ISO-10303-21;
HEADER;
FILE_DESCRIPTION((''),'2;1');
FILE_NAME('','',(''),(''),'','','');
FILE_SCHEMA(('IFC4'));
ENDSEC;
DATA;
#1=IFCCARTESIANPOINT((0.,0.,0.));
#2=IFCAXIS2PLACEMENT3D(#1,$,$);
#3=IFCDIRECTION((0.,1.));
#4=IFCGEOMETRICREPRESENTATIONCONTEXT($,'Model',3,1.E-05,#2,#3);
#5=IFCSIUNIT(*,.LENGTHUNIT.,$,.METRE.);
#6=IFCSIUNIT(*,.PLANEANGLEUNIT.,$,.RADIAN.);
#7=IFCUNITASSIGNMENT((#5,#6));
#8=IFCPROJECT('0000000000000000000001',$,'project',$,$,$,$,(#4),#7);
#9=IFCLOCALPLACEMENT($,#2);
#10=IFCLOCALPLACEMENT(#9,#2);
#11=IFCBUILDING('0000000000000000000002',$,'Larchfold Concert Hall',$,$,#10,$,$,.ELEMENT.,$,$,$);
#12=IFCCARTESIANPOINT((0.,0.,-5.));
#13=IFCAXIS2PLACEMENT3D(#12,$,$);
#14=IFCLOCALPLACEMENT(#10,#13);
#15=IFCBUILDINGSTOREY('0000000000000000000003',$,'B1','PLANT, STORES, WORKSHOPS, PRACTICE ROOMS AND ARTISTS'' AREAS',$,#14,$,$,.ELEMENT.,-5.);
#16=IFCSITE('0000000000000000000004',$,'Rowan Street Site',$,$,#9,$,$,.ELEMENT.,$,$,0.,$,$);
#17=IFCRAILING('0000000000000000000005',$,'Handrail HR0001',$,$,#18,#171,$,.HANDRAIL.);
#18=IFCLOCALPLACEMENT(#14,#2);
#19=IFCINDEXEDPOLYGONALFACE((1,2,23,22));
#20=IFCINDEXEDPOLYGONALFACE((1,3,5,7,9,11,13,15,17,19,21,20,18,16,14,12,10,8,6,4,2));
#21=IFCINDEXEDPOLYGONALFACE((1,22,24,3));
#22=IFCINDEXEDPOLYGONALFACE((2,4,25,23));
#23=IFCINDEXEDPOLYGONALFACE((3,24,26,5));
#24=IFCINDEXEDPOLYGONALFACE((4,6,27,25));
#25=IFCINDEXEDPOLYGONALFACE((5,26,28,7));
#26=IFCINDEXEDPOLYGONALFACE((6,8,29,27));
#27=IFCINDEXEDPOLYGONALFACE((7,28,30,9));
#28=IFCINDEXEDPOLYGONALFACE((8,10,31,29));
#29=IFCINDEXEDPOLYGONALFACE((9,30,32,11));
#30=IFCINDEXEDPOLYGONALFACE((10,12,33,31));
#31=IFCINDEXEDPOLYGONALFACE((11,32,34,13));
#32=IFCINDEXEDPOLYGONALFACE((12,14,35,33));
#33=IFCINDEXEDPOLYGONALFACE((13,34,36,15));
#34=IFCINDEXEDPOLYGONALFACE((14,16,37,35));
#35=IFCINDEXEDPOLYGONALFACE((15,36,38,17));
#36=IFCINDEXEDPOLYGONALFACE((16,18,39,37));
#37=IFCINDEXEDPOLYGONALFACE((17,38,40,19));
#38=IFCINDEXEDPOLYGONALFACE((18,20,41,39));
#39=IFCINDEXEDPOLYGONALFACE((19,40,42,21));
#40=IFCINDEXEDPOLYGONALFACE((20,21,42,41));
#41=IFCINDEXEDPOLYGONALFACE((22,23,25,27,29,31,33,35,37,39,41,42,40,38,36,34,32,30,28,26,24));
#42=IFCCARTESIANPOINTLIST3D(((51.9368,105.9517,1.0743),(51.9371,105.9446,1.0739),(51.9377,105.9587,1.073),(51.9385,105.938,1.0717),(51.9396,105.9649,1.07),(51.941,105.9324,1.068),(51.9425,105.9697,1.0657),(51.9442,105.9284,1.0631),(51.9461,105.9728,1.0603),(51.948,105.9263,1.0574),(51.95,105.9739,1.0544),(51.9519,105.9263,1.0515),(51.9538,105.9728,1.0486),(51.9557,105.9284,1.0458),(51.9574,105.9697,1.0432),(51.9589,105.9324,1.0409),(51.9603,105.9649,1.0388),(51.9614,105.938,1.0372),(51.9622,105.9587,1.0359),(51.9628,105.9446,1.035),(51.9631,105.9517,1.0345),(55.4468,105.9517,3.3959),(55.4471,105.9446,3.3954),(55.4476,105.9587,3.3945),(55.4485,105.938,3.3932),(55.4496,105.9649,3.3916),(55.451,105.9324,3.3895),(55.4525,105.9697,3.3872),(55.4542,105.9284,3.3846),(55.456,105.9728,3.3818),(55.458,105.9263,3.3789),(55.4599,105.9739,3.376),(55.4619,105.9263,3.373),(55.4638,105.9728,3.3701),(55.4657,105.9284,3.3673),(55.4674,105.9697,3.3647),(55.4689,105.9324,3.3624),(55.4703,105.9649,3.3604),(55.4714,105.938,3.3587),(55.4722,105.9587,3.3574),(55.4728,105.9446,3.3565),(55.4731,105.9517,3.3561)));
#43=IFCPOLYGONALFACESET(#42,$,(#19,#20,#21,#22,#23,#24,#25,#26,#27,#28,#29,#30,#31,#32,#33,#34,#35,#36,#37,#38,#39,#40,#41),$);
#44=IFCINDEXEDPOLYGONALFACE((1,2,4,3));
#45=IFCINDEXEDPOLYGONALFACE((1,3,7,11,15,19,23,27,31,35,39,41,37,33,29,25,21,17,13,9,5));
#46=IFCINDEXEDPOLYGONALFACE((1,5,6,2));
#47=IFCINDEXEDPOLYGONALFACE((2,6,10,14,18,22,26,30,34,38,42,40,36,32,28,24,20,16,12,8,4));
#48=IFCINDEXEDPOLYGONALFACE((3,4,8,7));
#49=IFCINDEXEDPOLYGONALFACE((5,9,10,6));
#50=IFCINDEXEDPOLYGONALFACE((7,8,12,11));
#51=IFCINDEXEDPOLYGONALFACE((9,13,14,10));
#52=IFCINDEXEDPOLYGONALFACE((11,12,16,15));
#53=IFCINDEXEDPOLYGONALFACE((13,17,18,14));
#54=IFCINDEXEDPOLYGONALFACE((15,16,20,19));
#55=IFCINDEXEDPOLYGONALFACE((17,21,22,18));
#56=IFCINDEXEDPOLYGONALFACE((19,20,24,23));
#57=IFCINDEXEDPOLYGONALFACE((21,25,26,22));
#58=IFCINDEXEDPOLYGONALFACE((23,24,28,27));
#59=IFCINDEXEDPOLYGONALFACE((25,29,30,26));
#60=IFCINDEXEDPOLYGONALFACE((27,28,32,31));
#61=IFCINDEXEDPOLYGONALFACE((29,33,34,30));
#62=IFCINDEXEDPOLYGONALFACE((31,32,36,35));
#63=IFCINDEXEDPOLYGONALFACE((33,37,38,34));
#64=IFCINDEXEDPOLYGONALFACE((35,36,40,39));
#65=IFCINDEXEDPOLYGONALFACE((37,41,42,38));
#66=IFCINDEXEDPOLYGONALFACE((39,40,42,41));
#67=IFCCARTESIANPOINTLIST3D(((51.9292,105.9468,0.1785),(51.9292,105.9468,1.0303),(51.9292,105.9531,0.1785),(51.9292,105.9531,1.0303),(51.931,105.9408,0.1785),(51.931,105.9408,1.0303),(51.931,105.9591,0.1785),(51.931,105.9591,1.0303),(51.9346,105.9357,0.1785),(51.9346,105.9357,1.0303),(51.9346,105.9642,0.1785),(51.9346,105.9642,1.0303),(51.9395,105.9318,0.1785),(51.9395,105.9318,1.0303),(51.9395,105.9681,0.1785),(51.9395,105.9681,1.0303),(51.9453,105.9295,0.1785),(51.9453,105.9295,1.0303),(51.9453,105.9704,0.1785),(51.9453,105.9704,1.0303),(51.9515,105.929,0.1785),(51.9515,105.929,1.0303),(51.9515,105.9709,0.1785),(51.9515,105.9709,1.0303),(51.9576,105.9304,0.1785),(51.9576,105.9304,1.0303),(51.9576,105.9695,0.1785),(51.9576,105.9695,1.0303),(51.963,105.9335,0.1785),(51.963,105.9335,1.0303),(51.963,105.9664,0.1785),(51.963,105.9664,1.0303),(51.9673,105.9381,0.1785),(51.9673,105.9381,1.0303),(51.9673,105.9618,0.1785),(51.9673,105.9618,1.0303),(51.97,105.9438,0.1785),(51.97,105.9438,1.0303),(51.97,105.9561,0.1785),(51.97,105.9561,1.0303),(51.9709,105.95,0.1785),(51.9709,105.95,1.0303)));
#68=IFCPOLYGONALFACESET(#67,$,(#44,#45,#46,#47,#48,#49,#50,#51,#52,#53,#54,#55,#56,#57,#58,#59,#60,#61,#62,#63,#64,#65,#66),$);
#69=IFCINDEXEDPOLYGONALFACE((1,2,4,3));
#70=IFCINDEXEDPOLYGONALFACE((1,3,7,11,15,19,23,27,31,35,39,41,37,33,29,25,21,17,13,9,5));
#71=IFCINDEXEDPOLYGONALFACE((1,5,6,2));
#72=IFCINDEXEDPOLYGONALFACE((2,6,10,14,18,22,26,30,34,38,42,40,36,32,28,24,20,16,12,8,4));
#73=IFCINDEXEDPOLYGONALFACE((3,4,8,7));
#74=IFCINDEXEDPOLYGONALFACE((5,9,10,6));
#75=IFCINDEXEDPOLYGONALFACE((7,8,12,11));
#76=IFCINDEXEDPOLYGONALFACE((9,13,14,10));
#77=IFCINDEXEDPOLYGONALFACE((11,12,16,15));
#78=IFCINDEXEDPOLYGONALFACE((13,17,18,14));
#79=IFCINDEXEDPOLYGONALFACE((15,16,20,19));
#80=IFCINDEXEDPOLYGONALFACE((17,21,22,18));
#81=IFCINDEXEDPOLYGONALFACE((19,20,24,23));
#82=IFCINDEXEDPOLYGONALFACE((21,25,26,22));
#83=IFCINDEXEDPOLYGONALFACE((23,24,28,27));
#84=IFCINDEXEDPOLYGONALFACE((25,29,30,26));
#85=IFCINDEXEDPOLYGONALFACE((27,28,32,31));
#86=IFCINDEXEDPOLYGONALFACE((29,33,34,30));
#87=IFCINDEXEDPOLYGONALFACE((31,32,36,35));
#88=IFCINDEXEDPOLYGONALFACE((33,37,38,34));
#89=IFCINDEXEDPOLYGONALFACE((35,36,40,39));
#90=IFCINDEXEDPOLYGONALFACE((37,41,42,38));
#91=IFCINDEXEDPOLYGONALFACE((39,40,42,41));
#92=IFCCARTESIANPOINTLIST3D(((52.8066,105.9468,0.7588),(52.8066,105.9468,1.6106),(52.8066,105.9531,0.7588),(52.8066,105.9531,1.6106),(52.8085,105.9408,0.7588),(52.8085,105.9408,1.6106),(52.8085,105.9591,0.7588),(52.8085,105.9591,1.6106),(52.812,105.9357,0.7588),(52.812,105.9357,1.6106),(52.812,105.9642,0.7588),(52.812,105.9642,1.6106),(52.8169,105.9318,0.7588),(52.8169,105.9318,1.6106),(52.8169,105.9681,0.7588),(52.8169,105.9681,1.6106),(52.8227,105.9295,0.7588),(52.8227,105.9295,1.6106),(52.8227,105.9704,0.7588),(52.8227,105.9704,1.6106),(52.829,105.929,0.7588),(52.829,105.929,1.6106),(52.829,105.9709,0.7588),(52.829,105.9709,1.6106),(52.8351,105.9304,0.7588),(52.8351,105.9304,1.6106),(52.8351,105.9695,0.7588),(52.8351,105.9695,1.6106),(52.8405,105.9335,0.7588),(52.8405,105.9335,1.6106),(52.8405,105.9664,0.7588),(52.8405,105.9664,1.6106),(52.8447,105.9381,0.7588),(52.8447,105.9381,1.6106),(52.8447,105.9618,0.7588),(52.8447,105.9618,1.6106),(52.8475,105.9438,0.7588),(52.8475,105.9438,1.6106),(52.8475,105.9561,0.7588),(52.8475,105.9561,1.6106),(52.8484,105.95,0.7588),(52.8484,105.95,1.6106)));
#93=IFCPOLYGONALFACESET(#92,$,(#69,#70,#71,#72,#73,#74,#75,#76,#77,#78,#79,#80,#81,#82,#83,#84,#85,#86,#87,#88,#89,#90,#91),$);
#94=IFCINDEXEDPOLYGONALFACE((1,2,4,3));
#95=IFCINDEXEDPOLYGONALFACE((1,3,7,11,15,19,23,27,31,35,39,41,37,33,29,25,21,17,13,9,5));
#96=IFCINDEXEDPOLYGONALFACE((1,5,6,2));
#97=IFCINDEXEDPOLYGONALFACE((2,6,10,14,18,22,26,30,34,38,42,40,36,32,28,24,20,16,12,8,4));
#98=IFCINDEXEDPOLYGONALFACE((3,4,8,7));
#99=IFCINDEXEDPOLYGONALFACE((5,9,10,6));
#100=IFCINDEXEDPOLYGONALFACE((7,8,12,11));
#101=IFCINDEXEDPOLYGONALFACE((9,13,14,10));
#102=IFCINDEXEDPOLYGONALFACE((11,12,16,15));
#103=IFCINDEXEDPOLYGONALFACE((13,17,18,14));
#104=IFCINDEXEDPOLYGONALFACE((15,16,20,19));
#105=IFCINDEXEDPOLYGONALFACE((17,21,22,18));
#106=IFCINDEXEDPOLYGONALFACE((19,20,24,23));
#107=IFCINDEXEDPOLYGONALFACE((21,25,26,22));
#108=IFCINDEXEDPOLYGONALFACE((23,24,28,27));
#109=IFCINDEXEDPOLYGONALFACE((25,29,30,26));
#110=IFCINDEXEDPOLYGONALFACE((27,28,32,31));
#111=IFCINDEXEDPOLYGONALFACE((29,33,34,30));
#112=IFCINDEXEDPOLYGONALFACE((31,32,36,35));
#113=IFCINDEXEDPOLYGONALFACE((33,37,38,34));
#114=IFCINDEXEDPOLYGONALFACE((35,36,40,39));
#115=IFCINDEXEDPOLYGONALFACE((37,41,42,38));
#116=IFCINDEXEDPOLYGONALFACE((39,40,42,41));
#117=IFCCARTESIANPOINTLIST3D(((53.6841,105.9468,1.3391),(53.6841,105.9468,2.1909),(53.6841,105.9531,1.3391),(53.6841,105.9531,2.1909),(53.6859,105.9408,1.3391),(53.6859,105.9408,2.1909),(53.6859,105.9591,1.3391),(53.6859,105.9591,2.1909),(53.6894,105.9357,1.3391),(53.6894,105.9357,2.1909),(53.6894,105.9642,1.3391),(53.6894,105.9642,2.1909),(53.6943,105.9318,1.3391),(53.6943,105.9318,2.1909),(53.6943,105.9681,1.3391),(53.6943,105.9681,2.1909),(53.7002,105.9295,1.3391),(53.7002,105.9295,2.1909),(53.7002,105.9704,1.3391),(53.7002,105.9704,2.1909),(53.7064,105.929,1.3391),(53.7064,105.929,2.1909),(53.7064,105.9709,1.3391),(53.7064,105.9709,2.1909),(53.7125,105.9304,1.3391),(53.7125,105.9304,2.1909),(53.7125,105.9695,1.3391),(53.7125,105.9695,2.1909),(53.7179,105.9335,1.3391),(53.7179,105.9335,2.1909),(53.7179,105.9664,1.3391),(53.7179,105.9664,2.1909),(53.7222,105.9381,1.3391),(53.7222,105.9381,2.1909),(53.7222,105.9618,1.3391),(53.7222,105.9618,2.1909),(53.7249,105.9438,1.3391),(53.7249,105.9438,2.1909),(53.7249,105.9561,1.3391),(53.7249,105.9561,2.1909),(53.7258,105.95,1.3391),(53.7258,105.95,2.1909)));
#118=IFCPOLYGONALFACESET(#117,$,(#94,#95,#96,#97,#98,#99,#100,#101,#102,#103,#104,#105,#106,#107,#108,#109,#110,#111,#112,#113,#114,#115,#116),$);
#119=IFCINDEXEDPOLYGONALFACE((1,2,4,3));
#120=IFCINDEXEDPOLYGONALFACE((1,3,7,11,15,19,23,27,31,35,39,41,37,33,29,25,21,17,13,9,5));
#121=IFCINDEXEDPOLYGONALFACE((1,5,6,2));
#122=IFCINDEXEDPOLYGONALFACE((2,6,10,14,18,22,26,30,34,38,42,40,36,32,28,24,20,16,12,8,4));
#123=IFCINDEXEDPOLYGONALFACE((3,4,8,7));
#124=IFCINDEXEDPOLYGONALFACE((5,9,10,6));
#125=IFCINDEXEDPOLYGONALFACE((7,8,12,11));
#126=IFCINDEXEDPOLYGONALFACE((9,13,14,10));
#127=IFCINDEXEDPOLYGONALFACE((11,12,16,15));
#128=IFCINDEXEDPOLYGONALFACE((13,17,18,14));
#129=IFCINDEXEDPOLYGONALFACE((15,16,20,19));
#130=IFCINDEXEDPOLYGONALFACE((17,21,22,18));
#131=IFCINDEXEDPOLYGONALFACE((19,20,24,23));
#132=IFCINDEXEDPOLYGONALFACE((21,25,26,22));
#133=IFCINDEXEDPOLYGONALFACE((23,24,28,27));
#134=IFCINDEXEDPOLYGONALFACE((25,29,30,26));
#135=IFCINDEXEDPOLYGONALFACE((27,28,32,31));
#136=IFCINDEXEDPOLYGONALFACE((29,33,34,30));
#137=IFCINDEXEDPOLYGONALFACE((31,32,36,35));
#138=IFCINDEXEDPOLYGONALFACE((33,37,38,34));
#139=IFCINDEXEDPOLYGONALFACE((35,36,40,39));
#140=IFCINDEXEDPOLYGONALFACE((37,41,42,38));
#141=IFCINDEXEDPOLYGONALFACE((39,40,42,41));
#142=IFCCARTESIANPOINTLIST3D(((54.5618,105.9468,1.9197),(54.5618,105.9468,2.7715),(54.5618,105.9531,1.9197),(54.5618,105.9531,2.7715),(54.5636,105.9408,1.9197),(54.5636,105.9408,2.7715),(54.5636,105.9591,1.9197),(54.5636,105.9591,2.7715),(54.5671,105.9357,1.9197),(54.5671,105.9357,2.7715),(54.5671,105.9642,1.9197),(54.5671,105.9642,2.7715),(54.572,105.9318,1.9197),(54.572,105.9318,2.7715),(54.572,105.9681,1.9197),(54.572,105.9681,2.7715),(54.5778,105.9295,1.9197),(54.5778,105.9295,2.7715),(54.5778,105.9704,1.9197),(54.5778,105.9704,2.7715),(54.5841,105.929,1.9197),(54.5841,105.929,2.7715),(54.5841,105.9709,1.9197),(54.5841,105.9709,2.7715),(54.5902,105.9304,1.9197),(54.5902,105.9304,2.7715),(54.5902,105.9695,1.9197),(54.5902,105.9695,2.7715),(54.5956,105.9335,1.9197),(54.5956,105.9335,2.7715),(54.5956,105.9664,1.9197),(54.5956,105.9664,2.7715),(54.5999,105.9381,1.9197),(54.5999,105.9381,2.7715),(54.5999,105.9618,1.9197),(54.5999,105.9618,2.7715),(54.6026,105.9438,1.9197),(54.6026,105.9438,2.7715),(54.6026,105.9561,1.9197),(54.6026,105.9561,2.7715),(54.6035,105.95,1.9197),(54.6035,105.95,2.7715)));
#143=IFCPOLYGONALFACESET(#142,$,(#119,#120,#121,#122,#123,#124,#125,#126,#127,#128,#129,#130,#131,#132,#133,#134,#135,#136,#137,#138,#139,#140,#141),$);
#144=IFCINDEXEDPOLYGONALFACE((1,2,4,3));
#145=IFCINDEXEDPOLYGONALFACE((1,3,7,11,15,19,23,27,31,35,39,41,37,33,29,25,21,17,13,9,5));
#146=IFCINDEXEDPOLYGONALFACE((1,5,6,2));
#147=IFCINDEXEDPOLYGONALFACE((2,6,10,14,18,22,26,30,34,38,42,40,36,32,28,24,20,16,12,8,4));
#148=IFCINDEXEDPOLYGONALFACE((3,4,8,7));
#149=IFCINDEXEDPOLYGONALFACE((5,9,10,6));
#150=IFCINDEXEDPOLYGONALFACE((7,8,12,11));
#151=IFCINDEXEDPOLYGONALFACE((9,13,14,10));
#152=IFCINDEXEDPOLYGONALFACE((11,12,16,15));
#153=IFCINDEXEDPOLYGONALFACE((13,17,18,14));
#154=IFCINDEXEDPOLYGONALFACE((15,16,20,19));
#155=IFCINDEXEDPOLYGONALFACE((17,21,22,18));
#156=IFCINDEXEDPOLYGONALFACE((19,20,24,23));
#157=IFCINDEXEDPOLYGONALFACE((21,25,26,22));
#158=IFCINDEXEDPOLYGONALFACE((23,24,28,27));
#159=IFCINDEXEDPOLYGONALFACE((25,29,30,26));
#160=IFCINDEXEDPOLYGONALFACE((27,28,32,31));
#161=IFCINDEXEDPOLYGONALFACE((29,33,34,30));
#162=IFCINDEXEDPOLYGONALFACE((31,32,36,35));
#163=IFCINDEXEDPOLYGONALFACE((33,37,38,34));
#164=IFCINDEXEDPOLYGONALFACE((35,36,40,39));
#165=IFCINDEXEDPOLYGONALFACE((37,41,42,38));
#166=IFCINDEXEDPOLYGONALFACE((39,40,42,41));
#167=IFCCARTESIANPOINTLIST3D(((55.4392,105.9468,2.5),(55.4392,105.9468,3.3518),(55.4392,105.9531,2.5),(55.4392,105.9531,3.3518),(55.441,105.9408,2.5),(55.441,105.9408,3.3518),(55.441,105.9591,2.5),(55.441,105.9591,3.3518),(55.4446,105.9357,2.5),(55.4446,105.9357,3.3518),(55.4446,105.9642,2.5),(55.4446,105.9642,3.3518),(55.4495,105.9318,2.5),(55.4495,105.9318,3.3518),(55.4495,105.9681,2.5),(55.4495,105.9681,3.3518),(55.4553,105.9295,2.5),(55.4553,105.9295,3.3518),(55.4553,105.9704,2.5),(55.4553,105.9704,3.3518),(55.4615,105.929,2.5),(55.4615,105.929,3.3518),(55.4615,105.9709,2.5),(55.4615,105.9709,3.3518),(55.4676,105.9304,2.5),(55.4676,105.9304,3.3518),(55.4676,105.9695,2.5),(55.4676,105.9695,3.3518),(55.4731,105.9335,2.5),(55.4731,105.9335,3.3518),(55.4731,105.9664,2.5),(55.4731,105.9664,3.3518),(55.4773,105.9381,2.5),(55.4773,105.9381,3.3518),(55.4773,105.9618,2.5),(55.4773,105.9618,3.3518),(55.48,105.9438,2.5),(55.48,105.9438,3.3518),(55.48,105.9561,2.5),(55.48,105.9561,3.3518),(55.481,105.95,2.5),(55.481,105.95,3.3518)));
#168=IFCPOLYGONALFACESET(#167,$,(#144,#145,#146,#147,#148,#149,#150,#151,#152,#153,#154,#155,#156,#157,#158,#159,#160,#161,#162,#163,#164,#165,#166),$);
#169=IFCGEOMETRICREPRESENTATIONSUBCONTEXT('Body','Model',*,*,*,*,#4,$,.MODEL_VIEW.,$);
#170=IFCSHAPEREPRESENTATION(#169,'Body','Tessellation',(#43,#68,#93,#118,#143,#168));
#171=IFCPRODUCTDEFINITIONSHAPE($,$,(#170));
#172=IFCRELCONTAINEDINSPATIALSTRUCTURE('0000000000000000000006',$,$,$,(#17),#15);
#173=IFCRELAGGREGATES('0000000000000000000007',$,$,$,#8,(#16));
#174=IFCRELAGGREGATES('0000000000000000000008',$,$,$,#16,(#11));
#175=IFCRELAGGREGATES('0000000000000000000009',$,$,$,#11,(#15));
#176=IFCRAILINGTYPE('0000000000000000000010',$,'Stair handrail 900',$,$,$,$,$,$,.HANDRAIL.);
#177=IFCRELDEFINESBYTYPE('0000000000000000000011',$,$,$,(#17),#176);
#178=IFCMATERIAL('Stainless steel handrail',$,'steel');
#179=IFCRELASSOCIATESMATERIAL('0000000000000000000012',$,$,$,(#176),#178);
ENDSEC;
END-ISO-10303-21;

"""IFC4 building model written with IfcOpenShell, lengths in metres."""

from ifc_helpers import new_model, si_unit, direction, frame, origin, origin_2d, place, context, subcontext, project, spatial, circle, extrude, material, type_object, element, save


model = new_model("IFC4")

# Units and contexts
model_context = context("Model", 3, precision=1e-05, world=origin(), true_north=direction((0.0, 1.0)))
body_context = subcontext(model_context, "Body", "Model", "MODEL_VIEW")
ifc_project = project(units=[si_unit("LENGTHUNIT", "METRE"), si_unit("PLANEANGLEUNIT", "RADIAN")], contexts=[model_context])

# Site, building, storey
site_placement = place(None, origin())
site = spatial("IfcSite", under=ifc_project, at=site_placement, Name="Rowan Street Site", CompositionType="ELEMENT", RefElevation=0.0)
building_placement = place(site_placement, origin())
building = spatial("IfcBuilding", under=site, at=building_placement, Name="Larchfold Concert Hall", CompositionType="ELEMENT")
storey_placement = place(building_placement, frame((0.0, 0.0, -5.0)))
storey = spatial("IfcBuildingStorey", under=building, at=storey_placement, Name="B1", Description="PLANT, STORES, WORKSHOPS, PRACTICE ROOMS AND ARTISTS' AREAS", CompositionType="ELEMENT", Elevation=-5.0)

# Railing
ifc_material_1 = material(Name="Stainless steel handrail", Category="steel")
railing_type_1 = type_object("IfcRailingType", Name="Stair handrail 900", PredefinedType="HANDRAIL", material=ifc_material_1)
for number, where, name in (
    (1, (51.95, 105.95, 0.1785), "Handrail HR0001"),
):
    element("IfcRailing", number, at=place(storey_placement, frame(where)), inside=storey, type_object=railing_type_1, Name=name, PredefinedType="HANDRAIL", context=body_context, shape_type="SweptSolid", body=[
        extrude(circle(Radius=0.0239, at=origin_2d()), frame((0.0, 0.0, 0.876), z_axis=(0.834071, 0.0, 0.551657), x_axis=(0.0, 1.0, 0.0)), (0.0, 0.0, 1.0), 4.2083),
        extrude(circle(Radius=0.021, at=origin_2d()), origin(), (0.0, 0.0, 1.0), 0.8518),
        extrude(circle(Radius=0.021, at=origin_2d()), frame((0.8774, 0.0, 0.5803)), (0.0, 0.0, 1.0), 0.8518),
        extrude(circle(Radius=0.021, at=origin_2d()), frame((1.7549, 0.0, 1.1606)), (0.0, 0.0, 1.0), 0.8518),
        extrude(circle(Radius=0.021, at=origin_2d()), frame((2.6326, 0.0, 1.7412)), (0.0, 0.0, 1.0), 0.8518),
        extrude(circle(Radius=0.021, at=origin_2d()), frame((3.51, 0.0, 2.3215)), (0.0, 0.0, 1.0), 0.8518),
    ])

save(model, "model.ifc")
